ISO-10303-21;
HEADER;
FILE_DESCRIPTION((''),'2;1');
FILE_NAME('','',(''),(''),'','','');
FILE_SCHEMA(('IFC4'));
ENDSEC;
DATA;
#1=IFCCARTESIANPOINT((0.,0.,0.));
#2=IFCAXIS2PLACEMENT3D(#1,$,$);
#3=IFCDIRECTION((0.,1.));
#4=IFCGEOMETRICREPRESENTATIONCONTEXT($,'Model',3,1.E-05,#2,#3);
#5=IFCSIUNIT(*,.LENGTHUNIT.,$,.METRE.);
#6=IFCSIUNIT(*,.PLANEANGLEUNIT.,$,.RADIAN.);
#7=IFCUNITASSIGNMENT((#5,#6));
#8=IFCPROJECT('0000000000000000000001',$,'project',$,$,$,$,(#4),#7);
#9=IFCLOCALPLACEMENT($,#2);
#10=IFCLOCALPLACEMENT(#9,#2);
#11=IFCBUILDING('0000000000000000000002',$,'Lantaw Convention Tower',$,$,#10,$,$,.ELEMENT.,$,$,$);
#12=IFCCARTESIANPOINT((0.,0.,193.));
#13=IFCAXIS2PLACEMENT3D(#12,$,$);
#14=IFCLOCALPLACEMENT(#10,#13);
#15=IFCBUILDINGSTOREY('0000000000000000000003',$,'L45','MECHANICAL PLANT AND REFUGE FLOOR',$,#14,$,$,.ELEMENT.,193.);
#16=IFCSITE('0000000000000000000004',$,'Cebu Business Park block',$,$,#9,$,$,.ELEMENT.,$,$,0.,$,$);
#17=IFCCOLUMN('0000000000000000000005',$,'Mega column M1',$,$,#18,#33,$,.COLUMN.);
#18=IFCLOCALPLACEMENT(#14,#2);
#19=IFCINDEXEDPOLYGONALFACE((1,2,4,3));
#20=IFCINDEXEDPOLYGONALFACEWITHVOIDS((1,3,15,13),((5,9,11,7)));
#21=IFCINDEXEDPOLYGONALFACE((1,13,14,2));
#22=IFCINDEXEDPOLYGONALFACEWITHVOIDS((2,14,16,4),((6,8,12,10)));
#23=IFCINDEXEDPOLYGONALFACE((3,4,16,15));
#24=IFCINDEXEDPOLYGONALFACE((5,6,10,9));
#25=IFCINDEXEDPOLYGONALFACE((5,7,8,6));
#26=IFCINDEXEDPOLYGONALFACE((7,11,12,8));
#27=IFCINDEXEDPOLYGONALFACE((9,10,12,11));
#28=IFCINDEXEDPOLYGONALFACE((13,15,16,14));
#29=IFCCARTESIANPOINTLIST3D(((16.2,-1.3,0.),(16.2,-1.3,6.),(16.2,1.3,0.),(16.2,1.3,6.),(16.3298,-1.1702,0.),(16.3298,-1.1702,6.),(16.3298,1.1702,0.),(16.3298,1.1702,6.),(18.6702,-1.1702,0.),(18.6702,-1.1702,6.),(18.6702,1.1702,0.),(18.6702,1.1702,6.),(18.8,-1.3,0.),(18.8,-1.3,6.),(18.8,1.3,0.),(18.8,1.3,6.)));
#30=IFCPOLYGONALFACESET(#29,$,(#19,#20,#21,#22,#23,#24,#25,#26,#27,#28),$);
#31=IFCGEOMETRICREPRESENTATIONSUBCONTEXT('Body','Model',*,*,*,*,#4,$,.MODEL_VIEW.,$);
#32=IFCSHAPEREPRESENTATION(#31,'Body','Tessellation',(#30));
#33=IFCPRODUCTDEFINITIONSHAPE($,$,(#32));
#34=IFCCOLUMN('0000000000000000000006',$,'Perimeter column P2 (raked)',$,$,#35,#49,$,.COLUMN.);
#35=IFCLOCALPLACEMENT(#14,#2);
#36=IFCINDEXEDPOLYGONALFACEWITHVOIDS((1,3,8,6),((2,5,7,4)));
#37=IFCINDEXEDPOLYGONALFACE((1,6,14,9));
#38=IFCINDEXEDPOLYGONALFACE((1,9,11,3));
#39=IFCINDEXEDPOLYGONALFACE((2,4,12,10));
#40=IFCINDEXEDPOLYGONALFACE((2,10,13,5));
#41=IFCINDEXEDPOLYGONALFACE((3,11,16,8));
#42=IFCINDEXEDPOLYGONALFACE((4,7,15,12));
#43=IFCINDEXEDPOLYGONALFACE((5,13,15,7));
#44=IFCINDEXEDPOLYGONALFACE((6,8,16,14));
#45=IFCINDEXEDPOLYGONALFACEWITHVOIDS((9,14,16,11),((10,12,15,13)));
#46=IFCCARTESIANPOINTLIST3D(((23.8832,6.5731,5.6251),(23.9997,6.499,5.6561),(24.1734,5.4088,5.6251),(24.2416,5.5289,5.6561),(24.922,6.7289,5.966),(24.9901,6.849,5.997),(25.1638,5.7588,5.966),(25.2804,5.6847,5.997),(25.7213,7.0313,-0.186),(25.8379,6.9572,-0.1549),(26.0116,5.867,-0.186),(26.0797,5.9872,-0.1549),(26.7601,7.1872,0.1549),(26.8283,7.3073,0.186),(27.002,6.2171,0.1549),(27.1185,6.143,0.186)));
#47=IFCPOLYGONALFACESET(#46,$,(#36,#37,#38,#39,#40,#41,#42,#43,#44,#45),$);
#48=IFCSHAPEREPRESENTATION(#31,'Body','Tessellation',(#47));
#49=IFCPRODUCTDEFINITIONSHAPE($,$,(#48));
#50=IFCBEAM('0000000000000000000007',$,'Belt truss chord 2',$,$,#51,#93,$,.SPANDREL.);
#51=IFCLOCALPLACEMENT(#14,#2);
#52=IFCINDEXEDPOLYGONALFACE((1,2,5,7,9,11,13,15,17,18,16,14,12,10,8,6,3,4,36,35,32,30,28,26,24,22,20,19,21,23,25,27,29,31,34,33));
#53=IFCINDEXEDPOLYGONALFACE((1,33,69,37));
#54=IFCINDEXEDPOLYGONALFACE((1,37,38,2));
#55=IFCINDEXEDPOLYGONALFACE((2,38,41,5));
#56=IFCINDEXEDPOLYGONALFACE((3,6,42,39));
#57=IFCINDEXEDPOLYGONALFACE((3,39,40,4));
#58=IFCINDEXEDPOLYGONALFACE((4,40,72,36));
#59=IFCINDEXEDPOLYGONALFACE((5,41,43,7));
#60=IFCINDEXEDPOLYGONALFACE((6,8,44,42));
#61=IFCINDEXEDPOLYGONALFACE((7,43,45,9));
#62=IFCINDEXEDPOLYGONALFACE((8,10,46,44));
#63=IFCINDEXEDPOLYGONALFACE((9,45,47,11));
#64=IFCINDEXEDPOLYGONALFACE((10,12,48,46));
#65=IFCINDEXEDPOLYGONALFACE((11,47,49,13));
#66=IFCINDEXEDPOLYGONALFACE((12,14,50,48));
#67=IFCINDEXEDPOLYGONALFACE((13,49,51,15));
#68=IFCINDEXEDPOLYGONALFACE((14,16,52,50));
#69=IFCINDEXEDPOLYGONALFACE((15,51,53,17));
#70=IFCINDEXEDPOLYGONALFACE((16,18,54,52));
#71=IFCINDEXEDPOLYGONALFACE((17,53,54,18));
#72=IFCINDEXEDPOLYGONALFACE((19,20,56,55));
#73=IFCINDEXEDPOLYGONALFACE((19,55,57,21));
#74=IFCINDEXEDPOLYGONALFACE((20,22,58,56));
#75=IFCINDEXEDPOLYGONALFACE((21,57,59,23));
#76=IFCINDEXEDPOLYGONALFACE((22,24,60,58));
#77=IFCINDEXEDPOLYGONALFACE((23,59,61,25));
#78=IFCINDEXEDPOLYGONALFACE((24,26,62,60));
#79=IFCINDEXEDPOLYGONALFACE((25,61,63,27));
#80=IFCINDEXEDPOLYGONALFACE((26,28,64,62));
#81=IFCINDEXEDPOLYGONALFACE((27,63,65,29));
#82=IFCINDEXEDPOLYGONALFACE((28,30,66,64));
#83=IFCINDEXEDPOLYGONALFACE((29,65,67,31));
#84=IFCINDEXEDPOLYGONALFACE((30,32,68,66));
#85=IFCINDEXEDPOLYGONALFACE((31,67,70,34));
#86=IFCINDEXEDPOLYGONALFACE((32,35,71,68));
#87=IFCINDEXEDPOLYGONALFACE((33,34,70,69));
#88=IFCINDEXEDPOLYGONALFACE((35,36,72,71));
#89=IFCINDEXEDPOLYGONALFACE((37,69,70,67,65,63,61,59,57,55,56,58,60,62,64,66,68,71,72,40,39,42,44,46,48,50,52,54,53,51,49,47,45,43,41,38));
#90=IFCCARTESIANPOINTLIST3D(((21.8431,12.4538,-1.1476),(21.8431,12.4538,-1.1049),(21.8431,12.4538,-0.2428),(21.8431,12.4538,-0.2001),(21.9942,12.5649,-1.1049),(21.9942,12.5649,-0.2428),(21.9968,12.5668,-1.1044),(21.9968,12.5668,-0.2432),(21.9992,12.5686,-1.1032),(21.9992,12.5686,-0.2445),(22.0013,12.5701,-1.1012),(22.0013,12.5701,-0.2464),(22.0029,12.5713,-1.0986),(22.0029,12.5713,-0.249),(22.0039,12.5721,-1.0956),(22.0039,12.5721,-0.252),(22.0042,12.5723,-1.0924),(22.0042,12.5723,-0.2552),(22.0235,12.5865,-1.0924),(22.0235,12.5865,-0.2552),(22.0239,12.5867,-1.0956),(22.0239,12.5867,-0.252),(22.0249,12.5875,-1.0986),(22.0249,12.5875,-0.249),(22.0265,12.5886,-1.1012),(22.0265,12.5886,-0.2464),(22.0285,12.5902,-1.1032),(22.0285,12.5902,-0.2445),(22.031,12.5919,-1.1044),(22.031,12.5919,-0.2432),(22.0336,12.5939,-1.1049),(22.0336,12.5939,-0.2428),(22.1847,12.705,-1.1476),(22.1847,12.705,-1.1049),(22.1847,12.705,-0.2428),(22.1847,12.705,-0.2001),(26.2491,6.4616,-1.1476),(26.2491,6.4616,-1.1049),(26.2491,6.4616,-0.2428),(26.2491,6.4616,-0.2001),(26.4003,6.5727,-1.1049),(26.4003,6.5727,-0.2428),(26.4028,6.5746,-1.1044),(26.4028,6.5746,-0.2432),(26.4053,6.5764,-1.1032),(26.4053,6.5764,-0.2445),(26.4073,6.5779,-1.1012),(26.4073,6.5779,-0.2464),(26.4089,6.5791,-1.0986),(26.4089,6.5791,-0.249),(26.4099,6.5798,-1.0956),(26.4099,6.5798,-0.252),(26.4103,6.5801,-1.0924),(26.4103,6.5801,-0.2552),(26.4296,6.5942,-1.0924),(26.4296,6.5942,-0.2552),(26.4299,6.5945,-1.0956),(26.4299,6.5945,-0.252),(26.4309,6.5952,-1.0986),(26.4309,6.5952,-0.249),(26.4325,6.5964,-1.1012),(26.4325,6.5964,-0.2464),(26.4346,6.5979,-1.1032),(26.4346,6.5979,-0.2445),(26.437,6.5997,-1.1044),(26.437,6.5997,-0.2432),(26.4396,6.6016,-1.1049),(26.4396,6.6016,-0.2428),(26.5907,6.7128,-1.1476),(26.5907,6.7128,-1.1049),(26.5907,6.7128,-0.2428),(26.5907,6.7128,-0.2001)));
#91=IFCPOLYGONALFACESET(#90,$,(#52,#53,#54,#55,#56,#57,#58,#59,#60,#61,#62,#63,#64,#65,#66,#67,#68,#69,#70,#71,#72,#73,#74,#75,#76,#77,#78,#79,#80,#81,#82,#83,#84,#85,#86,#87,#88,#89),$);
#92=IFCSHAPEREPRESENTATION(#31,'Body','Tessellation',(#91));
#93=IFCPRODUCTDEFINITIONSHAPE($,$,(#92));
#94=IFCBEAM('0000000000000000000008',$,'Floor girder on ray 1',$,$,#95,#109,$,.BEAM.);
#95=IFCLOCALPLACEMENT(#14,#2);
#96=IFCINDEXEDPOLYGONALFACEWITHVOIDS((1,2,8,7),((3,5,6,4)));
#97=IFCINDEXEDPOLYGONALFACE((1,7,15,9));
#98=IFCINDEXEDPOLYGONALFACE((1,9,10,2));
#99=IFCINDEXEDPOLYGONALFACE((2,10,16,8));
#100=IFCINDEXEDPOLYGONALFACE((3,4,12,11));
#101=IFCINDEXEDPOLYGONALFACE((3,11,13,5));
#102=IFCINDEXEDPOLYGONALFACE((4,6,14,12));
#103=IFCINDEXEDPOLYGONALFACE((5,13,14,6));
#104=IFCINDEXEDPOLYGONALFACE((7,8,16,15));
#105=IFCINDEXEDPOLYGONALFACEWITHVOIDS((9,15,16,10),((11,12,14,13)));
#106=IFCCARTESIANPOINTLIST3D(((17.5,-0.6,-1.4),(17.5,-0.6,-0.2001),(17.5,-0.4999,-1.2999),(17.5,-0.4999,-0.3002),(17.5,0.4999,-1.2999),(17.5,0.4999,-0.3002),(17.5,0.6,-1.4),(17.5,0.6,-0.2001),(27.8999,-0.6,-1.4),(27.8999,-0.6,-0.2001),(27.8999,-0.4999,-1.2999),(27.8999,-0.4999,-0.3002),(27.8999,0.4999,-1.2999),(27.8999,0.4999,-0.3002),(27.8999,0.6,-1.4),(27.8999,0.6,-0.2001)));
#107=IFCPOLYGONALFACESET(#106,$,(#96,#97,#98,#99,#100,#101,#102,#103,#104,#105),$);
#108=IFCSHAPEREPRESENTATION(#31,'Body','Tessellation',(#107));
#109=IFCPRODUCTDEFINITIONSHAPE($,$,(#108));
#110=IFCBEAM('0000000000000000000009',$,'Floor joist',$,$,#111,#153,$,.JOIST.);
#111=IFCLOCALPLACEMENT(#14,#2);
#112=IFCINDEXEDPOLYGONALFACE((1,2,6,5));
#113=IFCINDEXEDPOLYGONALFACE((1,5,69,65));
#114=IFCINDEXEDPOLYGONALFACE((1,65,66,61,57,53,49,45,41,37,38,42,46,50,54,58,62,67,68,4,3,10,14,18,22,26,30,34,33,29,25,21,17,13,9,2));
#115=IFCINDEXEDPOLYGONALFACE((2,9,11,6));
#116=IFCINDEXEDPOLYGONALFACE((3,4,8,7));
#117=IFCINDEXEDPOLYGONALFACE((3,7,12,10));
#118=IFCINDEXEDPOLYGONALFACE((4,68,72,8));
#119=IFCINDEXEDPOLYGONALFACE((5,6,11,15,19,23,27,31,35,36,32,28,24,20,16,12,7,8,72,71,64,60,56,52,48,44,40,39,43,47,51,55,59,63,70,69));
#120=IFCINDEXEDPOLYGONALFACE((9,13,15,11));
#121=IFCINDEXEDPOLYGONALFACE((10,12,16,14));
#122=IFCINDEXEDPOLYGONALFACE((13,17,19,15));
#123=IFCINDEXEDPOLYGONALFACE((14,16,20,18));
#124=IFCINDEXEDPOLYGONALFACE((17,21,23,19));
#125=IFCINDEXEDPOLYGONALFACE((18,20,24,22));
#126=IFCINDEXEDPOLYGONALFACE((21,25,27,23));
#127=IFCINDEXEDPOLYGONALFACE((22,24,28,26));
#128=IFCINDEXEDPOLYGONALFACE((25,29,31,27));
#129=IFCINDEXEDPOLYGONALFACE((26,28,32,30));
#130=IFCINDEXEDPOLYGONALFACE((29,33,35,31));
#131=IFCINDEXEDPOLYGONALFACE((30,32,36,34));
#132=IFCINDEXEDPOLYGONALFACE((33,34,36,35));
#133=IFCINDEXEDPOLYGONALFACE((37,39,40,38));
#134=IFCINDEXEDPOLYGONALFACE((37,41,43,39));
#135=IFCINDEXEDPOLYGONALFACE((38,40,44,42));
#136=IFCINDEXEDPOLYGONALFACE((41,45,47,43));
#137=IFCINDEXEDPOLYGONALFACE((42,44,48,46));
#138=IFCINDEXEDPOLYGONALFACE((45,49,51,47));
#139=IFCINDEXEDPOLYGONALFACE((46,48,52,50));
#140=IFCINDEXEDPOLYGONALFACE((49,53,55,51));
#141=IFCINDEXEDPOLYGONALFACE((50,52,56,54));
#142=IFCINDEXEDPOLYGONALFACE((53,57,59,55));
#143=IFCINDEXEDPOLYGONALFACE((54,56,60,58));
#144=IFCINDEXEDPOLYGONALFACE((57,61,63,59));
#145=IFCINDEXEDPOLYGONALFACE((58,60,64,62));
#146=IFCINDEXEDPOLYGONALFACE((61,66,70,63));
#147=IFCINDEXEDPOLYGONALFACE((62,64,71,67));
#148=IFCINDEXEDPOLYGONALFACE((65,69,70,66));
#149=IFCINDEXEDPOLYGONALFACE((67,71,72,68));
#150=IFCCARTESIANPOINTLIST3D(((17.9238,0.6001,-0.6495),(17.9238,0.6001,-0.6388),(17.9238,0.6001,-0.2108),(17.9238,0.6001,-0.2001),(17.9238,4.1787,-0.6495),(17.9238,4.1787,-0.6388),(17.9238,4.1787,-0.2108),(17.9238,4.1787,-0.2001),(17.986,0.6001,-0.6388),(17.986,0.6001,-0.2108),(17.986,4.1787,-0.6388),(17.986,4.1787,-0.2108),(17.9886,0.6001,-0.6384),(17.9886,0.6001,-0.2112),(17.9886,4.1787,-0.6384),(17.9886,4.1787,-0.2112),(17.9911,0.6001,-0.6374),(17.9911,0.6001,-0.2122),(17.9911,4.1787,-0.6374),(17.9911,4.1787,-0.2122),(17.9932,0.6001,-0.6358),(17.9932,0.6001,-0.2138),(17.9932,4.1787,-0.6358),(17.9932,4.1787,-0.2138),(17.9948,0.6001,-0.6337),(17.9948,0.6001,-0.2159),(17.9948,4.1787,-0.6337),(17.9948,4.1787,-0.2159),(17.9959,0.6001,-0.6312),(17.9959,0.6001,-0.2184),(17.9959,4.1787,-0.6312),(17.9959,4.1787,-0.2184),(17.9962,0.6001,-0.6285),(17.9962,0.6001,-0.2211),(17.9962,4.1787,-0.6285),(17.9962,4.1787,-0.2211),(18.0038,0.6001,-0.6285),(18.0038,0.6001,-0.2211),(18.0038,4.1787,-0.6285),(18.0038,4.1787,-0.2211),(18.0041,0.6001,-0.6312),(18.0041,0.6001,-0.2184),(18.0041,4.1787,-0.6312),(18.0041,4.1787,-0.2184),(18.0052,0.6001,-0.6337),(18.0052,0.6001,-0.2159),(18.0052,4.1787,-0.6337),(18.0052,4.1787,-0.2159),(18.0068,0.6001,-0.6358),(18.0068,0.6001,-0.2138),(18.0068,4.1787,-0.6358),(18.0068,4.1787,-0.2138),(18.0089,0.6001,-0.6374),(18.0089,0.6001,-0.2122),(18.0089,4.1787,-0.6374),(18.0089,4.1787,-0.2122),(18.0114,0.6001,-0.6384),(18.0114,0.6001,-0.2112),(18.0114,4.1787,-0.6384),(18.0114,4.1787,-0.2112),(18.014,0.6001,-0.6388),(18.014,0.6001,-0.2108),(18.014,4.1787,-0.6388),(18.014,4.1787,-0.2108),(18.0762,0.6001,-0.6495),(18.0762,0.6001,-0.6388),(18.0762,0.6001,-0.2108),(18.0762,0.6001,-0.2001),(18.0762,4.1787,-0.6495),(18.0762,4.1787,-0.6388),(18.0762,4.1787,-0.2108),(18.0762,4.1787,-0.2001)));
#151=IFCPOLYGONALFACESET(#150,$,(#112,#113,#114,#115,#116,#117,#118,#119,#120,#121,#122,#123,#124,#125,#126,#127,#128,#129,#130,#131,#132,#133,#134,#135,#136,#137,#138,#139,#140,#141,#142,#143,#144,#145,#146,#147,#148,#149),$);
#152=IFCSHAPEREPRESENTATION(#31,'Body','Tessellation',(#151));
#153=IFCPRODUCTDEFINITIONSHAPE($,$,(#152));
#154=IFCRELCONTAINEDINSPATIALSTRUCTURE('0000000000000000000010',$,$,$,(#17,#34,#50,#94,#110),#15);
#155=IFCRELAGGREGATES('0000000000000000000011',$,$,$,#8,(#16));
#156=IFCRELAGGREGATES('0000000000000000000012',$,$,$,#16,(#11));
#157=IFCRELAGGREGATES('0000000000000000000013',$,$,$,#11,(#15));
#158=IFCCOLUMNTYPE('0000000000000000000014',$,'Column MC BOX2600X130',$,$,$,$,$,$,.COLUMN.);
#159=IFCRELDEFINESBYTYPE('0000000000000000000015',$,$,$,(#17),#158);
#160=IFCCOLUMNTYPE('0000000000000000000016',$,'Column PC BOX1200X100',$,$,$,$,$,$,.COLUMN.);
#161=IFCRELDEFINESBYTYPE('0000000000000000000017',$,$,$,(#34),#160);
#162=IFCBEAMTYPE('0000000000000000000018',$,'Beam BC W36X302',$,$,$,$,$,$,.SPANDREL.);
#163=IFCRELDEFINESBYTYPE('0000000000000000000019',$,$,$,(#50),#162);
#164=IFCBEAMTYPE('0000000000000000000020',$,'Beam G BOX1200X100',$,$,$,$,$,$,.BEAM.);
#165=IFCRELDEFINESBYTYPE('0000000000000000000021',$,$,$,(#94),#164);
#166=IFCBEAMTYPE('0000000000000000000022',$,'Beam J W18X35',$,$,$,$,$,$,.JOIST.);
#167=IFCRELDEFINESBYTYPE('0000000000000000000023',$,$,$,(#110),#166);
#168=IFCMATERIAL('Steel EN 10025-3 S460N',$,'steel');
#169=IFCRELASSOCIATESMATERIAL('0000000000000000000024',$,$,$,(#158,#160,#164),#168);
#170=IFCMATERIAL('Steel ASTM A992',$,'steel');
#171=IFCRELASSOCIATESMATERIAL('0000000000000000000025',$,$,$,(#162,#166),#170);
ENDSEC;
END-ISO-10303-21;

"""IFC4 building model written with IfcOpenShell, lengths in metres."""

from ifc_helpers import new_model, si_unit, direction, frame, origin, origin_2d, place, context, subcontext, project, spatial, rectangle, hollow_rectangle, i_section, extrude, material, material_profile, profile_set, type_object, element, save


model = new_model("IFC4")

# Units and contexts
model_context = context("Model", 3, precision=1e-05, world=origin(), true_north=direction((0.0, 1.0)))
body_context = subcontext(model_context, "Body", "Model", "MODEL_VIEW")
ifc_project = project(units=[si_unit("LENGTHUNIT", "METRE"), si_unit("PLANEANGLEUNIT", "RADIAN")], contexts=[model_context])

# Site, building, storey
site_placement = place(None, origin())
site = spatial("IfcSite", under=ifc_project, at=site_placement, Name="Cebu Business Park block", CompositionType="ELEMENT", RefElevation=0.0)
building_placement = place(site_placement, origin())
building = spatial("IfcBuilding", under=site, at=building_placement, Name="Lantaw Convention Tower", CompositionType="ELEMENT")
storey_placement = place(building_placement, frame((0.0, 0.0, 193.0)))
storey = spatial("IfcBuildingStorey", under=building, at=storey_placement, Name="L45", Description="MECHANICAL PLANT AND REFUGE FLOOR", CompositionType="ELEMENT", Elevation=193.0)

# Columns
ifc_material_1 = material(Name="Steel EN 10025-3 S460N", Category="steel")
ifc_material_profile_1 = material_profile(ifc_material_1, hollow_rectangle(XDim=2.6001, YDim=2.6001, WallThickness=0.1299, at=origin_2d()), Name="BOX2600X130")
ifc_material_2 = material(Name="Concrete C60/75", Category="concrete")
ifc_material_profile_2 = material_profile(ifc_material_2, rectangle(XDim=2.3401, YDim=2.3401, at=origin_2d()), Name="Concrete fill of BOX2600X130")
ifc_profile_set_1 = profile_set([ifc_material_profile_1, ifc_material_profile_2], Name="Steel EN 10025-3 S460N")
column_type_1 = type_object("IfcColumnType", Name="Column MC BOX2600X130", PredefinedType="COLUMN", material=ifc_profile_set_1)
column_1_placement = place(storey_placement, frame((17.5, 0.0, 0.0), z_axis=(0.0, 0.0, 1.0), x_axis=(1.0, 0.0, 0.0)))
element("IfcColumn", 1, at=column_1_placement, inside=storey, type_object=column_type_1, Name="Mega column M1", PredefinedType="COLUMN", context=body_context, shape_type="SweptSolid", body=[
    extrude(hollow_rectangle(XDim=2.6001, YDim=2.6001, WallThickness=0.1299, at=origin_2d()), origin(), (0.0, 0.0, 1.0), 6.0),
])
ifc_material_profile_3 = material_profile(ifc_material_1, hollow_rectangle(XDim=1.2, YDim=1.2, WallThickness=0.1001, at=origin_2d()), Name="BOX1200X100")
ifc_material_profile_4 = material_profile(ifc_material_2, rectangle(XDim=1.0, YDim=1.0, at=origin_2d()), Name="Concrete fill of BOX1200X100")
ifc_profile_set_2 = profile_set([ifc_material_profile_3, ifc_material_profile_4], Name="Steel EN 10025-3 S460N")
column_type_2 = type_object("IfcColumnType", Name="Column PC BOX1200X100", PredefinedType="COLUMN", material=ifc_profile_set_2)
column_2_placement = place(storey_placement, frame((26.4199, 6.5872, 0.0), z_axis=(-0.300741, -0.074975, 0.950754), x_axis=(0.241899, -0.970301, 0.0)))
element("IfcColumn", 2, at=column_2_placement, inside=storey, type_object=column_type_2, Name="Perimeter column P2 (raked)", PredefinedType="COLUMN", context=body_context, shape_type="SweptSolid", body=[
    extrude(hollow_rectangle(XDim=1.2, YDim=1.2, WallThickness=0.1001, at=origin_2d()), origin(), (0.0, 0.0, 1.0), 6.1121),
])

# Beams
ifc_material_3 = material(Name="Steel ASTM A992", Category="steel")
ifc_material_profile_5 = material_profile(ifc_material_3, i_section(OverallWidth=0.4241, OverallDepth=0.9475, WebThickness=0.0239, FlangeThickness=0.0427, FilletRadius=0.0125, at=origin_2d()), Name="W36X302")
ifc_profile_set_3 = profile_set([ifc_material_profile_5], Name="Steel ASTM A992")
beam_type_1 = type_object("IfcBeamType", Name="Beam BC W36X302", PredefinedType="SPANDREL", material=ifc_profile_set_3)
beam_1_placement = place(storey_placement, frame((26.4199, 6.5872, -0.6738), z_axis=(-0.592389, 0.805652, 0.0), x_axis=(-0.805652, -0.592389, 0.0)))
element("IfcBeam", 3, at=beam_1_placement, inside=storey, type_object=beam_type_1, Name="Belt truss chord 2", PredefinedType="SPANDREL", context=body_context, shape_type="SweptSolid", body=[
    extrude(i_section(OverallWidth=0.4241, OverallDepth=0.9475, WebThickness=0.0239, FlangeThickness=0.0427, FilletRadius=0.0125, at=origin_2d()), origin(), (0.0, 0.0, 1.0), 7.4377),
])
ifc_material_profile_6 = material_profile(ifc_material_1, hollow_rectangle(XDim=1.2, YDim=1.2, WallThickness=0.1001, at=origin_2d()), Name="BOX1200X100")
ifc_profile_set_4 = profile_set([ifc_material_profile_6], Name="Steel EN 10025-3 S460N")
beam_type_2 = type_object("IfcBeamType", Name="Beam G BOX1200X100", PredefinedType="BEAM", material=ifc_profile_set_4)
beam_2_placement = place(storey_placement, frame((17.5, 0.0, -0.8), z_axis=(1.0, 0.0, 0.0), x_axis=(0.0, 1.0, 0.0)))
element("IfcBeam", 4, at=beam_2_placement, inside=storey, type_object=beam_type_2, Name="Floor girder on ray 1", PredefinedType="BEAM", context=body_context, shape_type="SweptSolid", body=[
    extrude(hollow_rectangle(XDim=1.2, YDim=1.2, WallThickness=0.1001, at=origin_2d()), origin(), (0.0, 0.0, 1.0), 10.3999),
])
ifc_material_profile_7 = material_profile(ifc_material_3, i_section(OverallWidth=0.1523, OverallDepth=0.4495, WebThickness=0.0076, FlangeThickness=0.0107, FilletRadius=0.0103, at=origin_2d()), Name="W18X35")
ifc_profile_set_5 = profile_set([ifc_material_profile_7], Name="Steel ASTM A992")
beam_type_3 = type_object("IfcBeamType", Name="Beam J W18X35", PredefinedType="JOIST", material=ifc_profile_set_5)
beam_3_placement = place(storey_placement, frame((18.0, 0.6001, -0.4248), z_axis=(0.0, 1.0, 0.0), x_axis=(-1.0, 0.0, 0.0)))
element("IfcBeam", 5, at=beam_3_placement, inside=storey, type_object=beam_type_3, Name="Floor joist", PredefinedType="JOIST", context=body_context, shape_type="SweptSolid", body=[
    extrude(i_section(OverallWidth=0.1523, OverallDepth=0.4495, WebThickness=0.0076, FlangeThickness=0.0107, FilletRadius=0.0103, at=origin_2d()), origin(), (0.0, 0.0, 1.0), 3.5786),
])

save(model, "model.ifc")
